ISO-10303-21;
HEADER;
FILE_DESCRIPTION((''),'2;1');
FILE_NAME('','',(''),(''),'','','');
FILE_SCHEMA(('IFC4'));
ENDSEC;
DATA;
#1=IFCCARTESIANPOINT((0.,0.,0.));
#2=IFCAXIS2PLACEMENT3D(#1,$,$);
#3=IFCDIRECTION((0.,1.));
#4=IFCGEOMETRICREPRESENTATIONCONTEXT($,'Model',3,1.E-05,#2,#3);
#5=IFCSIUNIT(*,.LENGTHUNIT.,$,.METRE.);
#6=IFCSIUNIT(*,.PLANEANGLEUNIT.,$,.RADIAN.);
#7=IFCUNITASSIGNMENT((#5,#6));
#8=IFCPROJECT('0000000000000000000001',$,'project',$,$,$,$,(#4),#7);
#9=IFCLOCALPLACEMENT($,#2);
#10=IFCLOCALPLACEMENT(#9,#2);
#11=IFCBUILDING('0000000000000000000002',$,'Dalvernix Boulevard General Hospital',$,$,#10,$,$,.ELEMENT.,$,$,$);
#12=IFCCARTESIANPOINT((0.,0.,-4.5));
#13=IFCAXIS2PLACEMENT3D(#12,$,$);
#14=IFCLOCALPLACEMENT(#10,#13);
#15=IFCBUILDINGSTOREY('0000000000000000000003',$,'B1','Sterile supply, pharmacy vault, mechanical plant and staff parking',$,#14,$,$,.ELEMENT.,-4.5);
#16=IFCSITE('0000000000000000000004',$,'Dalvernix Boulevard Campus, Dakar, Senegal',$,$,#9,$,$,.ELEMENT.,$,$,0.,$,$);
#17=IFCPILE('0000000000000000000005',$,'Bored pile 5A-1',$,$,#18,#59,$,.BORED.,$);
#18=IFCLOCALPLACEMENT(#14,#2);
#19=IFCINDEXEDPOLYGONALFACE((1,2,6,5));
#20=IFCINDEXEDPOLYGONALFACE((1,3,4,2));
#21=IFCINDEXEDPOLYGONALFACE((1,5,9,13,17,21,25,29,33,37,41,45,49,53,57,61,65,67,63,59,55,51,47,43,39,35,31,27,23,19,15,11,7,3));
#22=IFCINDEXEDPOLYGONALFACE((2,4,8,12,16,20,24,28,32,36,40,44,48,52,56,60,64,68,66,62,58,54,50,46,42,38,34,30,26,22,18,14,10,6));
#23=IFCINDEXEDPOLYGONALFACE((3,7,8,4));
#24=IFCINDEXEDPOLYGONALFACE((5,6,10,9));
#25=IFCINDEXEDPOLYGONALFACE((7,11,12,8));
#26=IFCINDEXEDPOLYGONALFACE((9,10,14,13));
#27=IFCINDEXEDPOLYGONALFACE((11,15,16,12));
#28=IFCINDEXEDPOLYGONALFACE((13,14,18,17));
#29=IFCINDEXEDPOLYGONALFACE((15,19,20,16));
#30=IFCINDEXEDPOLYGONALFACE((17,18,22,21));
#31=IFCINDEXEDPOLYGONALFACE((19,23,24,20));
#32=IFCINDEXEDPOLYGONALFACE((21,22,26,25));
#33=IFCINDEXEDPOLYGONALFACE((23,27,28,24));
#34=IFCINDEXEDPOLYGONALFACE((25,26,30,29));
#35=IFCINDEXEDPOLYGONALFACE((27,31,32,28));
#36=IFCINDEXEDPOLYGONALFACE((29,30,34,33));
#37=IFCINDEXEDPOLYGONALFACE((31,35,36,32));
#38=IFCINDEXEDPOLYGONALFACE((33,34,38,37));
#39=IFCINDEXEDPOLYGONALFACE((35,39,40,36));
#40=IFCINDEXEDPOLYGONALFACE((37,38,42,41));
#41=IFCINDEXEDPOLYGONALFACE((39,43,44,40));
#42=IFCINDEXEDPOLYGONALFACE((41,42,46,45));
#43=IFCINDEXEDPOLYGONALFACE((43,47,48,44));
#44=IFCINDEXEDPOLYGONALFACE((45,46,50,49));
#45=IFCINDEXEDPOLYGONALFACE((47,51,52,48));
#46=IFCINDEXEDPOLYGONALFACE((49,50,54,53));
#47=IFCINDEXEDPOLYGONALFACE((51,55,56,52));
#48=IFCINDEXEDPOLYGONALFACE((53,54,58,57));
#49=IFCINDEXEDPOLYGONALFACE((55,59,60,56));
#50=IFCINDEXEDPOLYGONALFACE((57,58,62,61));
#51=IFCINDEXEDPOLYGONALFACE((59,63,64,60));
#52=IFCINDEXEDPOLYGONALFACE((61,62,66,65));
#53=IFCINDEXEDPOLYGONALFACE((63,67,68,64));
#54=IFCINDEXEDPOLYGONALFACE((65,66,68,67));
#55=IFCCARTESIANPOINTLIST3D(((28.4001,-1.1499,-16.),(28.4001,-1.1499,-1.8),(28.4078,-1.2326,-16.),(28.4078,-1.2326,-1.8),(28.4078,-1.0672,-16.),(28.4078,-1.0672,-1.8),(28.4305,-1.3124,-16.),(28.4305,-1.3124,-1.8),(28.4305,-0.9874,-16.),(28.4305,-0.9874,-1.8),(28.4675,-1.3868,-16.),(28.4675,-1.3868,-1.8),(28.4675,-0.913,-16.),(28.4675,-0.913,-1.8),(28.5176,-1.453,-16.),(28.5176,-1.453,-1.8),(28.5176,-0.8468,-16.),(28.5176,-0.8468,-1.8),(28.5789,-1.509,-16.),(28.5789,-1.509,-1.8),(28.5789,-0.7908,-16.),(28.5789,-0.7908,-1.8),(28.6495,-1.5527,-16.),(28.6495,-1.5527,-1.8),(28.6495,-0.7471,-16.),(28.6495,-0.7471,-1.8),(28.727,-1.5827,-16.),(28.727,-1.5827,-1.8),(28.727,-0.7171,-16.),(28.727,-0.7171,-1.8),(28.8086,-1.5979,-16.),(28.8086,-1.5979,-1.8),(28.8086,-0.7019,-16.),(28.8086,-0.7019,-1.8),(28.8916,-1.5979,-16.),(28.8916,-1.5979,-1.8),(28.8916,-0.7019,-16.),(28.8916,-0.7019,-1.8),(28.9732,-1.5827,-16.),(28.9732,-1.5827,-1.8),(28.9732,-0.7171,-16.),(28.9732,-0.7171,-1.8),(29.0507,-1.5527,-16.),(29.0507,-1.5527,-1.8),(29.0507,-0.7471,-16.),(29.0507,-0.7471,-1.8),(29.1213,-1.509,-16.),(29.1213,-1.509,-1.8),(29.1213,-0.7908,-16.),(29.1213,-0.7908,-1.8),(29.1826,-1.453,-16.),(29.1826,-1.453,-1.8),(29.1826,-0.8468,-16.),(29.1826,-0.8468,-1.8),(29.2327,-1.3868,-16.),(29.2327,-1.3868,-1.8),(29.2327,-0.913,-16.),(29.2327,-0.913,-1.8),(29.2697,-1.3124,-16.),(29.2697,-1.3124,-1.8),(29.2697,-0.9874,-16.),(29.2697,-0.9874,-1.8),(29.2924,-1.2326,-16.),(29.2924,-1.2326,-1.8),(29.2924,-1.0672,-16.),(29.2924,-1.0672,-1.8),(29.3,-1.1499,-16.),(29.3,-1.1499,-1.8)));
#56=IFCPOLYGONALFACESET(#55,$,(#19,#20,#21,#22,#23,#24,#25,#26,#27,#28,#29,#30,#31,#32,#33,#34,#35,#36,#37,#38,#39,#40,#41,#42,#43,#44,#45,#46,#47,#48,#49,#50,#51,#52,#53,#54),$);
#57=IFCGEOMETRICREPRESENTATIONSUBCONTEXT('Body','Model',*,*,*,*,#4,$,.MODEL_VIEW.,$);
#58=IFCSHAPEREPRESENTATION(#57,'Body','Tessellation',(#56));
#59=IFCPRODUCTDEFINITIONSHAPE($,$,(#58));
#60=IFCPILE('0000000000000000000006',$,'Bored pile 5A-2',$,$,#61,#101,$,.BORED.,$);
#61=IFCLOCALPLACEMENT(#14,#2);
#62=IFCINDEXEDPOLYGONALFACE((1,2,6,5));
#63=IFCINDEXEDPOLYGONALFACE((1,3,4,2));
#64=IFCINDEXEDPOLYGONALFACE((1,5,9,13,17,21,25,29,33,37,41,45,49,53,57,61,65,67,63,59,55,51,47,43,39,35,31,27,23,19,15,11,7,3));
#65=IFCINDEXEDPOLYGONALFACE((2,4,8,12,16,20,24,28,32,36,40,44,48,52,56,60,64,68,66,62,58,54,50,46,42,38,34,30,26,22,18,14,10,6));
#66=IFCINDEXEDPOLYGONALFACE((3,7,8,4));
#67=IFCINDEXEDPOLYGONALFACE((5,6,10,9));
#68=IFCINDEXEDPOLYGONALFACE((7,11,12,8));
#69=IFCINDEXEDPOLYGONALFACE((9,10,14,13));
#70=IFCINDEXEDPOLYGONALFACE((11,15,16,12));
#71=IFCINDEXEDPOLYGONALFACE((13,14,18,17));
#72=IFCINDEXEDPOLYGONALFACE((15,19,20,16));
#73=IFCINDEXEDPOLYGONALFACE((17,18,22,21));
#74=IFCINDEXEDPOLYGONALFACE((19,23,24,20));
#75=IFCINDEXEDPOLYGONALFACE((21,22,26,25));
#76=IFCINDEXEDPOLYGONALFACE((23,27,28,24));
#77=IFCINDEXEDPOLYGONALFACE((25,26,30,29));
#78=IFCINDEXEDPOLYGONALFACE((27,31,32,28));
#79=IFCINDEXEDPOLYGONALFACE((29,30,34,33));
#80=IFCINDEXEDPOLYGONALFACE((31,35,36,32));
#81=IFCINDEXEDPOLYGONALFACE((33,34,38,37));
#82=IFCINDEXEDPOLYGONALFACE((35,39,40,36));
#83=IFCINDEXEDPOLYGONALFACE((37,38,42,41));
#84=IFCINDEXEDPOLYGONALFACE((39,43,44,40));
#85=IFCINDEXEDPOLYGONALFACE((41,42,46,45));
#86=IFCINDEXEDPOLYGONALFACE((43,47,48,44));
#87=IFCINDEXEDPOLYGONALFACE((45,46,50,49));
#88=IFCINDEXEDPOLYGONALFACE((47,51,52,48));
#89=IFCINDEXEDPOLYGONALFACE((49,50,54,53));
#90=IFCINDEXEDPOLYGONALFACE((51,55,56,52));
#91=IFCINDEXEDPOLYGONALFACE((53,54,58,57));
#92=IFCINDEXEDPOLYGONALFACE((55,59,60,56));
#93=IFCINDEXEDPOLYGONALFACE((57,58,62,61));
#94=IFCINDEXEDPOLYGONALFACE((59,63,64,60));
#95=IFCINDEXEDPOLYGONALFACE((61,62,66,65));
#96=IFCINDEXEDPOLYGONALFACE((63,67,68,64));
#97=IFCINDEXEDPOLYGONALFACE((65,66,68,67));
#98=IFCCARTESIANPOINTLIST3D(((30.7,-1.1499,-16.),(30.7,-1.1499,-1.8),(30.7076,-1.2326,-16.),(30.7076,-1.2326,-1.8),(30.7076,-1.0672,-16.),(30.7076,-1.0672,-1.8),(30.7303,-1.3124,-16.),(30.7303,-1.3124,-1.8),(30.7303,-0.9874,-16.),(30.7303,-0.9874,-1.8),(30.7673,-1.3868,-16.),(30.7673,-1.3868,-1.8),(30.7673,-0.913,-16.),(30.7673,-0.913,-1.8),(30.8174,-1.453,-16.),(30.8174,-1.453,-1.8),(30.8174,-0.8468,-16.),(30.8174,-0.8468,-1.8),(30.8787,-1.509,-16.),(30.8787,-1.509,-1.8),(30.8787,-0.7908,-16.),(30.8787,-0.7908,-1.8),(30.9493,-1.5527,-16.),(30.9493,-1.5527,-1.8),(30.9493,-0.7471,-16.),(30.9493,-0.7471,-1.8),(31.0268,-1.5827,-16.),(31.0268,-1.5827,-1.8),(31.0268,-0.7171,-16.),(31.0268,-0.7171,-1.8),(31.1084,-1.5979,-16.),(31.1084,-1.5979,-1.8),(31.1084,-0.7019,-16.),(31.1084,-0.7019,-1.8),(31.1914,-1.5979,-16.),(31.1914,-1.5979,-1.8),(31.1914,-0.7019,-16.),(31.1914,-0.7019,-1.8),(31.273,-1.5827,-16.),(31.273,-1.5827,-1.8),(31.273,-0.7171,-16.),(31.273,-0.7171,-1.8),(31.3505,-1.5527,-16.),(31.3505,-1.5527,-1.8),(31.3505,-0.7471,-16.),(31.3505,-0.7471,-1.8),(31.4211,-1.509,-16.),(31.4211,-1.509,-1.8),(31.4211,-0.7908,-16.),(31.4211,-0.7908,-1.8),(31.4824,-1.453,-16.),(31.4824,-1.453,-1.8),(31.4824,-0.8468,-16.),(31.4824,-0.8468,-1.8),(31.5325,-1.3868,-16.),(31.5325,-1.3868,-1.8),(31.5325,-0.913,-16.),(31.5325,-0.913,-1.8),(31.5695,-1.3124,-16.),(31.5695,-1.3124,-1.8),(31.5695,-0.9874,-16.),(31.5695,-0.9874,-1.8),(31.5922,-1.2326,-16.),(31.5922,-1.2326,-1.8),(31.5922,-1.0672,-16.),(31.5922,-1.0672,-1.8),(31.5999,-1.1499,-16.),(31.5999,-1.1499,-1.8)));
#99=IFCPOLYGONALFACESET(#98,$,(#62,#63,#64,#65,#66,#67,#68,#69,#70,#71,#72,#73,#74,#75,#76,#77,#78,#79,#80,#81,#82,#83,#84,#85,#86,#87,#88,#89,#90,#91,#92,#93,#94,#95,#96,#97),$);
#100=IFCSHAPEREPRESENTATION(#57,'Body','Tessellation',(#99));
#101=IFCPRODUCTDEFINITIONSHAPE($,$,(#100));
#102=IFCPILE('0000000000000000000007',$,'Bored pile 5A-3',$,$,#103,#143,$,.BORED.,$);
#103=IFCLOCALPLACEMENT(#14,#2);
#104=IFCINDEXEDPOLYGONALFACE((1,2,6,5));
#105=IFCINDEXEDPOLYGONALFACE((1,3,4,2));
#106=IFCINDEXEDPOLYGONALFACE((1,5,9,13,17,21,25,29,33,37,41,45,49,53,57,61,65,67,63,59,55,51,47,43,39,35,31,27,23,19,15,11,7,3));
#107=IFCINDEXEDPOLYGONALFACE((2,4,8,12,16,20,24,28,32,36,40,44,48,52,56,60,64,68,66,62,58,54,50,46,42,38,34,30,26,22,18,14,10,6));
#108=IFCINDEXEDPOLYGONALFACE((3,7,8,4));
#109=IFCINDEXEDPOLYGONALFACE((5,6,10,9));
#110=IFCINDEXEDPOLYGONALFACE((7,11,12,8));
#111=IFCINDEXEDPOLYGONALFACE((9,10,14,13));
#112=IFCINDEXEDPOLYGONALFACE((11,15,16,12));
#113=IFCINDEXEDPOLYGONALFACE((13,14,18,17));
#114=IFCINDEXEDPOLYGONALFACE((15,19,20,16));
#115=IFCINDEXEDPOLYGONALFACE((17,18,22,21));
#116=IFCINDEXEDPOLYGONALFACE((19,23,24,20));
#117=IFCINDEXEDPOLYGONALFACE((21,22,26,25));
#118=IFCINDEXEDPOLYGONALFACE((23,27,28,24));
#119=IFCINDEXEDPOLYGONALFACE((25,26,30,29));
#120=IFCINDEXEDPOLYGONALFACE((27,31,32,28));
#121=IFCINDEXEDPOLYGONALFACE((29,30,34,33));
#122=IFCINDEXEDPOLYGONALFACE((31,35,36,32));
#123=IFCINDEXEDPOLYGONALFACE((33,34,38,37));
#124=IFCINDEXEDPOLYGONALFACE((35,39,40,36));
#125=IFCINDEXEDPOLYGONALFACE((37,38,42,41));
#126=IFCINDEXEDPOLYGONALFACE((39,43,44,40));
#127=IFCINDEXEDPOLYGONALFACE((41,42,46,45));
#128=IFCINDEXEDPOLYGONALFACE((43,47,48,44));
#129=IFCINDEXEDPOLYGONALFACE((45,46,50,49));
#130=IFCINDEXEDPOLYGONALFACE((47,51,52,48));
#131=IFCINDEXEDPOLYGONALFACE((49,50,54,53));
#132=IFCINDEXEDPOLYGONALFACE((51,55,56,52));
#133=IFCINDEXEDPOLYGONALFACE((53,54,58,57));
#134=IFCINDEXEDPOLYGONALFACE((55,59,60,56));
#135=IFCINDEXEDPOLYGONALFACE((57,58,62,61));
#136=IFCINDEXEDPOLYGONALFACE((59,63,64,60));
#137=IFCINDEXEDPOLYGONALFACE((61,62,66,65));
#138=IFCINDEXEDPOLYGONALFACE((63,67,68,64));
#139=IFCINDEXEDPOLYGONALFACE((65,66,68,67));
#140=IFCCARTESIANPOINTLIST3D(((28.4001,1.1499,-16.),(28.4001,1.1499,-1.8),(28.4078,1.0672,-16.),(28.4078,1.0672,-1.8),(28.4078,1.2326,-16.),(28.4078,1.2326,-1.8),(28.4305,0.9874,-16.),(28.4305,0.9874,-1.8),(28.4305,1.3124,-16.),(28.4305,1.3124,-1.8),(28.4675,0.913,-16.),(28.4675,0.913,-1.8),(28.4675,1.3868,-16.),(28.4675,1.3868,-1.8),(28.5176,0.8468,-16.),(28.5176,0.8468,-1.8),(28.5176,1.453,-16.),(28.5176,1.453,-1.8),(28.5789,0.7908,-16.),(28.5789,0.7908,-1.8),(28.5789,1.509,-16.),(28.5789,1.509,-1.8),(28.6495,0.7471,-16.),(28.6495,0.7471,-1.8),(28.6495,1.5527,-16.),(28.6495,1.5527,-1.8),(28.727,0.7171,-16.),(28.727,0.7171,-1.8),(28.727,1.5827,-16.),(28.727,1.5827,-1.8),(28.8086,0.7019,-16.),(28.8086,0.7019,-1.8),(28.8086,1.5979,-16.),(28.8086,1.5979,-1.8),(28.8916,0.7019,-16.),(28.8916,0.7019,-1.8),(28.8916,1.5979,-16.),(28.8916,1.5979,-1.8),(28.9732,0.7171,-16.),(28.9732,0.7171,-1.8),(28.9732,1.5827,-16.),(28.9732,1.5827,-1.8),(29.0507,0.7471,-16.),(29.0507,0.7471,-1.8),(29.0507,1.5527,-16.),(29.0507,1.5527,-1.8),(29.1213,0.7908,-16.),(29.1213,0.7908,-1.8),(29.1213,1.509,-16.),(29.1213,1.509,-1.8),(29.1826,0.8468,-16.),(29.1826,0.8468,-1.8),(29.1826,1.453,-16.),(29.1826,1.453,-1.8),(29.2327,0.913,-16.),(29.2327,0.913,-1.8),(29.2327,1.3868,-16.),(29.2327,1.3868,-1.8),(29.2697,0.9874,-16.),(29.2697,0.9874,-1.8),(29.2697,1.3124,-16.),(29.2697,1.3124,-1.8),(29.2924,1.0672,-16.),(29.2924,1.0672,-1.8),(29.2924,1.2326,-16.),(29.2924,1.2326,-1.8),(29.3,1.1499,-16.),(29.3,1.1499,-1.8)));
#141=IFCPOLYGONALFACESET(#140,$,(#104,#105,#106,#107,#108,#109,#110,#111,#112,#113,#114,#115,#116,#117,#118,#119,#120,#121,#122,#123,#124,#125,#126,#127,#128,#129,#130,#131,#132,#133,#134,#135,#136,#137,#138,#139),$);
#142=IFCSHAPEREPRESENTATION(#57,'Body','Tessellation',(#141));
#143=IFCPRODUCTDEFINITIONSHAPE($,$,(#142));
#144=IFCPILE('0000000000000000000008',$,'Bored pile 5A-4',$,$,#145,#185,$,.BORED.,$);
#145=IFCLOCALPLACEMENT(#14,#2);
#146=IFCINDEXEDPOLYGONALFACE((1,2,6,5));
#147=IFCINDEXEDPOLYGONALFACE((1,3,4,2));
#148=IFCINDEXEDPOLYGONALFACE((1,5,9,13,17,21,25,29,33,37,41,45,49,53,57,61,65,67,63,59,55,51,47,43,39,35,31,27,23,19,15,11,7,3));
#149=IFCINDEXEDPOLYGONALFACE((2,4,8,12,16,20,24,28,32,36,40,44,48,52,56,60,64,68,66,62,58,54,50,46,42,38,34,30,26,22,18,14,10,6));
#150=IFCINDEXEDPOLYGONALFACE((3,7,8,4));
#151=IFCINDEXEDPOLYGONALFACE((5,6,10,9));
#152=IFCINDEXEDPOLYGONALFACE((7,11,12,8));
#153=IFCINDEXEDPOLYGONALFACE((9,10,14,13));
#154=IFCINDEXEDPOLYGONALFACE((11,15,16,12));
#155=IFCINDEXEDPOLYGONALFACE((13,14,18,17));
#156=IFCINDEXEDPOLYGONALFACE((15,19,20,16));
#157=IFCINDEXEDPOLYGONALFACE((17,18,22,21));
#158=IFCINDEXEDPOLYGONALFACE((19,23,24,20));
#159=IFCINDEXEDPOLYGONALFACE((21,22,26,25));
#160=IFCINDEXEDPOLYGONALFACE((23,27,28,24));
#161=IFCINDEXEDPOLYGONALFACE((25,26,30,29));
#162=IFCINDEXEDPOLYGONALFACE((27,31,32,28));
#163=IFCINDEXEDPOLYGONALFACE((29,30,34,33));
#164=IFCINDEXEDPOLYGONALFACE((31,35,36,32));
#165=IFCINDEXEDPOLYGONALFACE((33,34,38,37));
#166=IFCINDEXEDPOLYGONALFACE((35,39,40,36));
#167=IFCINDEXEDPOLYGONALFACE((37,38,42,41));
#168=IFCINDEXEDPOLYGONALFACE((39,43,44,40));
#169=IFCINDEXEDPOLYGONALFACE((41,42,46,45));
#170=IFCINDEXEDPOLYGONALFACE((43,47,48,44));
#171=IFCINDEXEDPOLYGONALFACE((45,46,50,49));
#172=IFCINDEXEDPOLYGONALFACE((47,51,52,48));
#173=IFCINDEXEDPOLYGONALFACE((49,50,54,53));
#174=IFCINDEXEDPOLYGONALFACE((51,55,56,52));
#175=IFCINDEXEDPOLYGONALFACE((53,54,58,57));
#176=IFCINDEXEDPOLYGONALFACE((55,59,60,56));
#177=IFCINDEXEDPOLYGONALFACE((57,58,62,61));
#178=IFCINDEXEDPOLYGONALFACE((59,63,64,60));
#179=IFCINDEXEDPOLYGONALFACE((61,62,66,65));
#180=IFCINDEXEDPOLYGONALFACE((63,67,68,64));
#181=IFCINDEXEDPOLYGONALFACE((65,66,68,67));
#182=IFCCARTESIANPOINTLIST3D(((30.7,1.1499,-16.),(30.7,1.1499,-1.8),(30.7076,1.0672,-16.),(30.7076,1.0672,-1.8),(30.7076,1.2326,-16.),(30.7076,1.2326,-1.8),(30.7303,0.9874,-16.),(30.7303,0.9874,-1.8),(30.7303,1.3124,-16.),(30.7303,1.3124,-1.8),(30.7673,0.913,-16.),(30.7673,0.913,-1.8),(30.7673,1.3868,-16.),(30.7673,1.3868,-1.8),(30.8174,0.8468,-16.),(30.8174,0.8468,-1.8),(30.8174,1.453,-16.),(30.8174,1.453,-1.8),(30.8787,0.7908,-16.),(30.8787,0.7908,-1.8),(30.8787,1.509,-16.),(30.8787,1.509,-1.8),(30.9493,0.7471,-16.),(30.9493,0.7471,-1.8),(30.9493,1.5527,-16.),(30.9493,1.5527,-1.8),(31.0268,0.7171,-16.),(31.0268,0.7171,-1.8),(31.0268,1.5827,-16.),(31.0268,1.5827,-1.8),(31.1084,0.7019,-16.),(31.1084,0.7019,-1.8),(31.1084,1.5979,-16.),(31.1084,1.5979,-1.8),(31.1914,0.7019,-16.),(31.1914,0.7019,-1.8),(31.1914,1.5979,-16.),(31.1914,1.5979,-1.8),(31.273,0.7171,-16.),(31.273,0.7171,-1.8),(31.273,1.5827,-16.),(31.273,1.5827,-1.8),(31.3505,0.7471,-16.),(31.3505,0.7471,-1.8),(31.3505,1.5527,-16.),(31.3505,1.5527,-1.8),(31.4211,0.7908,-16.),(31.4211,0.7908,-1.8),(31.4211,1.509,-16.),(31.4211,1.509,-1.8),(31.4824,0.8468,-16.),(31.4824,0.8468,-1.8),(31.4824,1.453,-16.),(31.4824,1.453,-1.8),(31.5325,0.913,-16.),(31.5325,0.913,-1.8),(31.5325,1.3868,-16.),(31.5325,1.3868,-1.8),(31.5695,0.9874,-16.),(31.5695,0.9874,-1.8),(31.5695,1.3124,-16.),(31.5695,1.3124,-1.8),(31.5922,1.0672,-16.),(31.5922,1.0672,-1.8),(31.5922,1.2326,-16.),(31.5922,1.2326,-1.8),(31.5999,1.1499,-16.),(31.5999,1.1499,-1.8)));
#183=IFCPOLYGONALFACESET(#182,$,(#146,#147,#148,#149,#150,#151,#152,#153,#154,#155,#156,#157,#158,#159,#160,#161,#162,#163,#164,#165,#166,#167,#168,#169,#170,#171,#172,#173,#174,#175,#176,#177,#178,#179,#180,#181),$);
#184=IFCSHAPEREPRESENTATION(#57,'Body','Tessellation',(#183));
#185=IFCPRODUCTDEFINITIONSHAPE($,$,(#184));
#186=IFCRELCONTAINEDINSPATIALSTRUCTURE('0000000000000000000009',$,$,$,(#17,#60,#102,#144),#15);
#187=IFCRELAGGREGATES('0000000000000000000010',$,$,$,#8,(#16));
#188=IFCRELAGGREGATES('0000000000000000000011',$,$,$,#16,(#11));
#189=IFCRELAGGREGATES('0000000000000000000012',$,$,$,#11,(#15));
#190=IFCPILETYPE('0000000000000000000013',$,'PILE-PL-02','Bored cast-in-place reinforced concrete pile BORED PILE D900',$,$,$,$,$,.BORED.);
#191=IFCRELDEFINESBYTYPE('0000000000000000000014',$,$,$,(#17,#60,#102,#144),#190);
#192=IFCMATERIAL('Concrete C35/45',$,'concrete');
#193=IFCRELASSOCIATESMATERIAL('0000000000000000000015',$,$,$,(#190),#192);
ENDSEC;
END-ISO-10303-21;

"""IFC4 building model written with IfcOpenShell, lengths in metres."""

from ifc_helpers import new_model, si_unit, direction, frame, origin, origin_2d, place, context, subcontext, project, spatial, circle, extrude, material, material_profile, profile_set, type_object, element, save


model = new_model("IFC4")

# Units and contexts
model_context = context("Model", 3, precision=1e-05, world=origin(), true_north=direction((0.0, 1.0)))
body_context = subcontext(model_context, "Body", "Model", "MODEL_VIEW")
ifc_project = project(units=[si_unit("LENGTHUNIT", "METRE"), si_unit("PLANEANGLEUNIT", "RADIAN")], contexts=[model_context])

# Site, building, storey
site_placement = place(None, origin())
site = spatial("IfcSite", under=ifc_project, at=site_placement, Name="Dalvernix Boulevard Campus, Dakar, Senegal", CompositionType="ELEMENT", RefElevation=0.0)
building_placement = place(site_placement, origin())
building = spatial("IfcBuilding", under=site, at=building_placement, Name="Dalvernix Boulevard General Hospital", CompositionType="ELEMENT")
storey_placement = place(building_placement, frame((0.0, 0.0, -4.5)))
storey = spatial("IfcBuildingStorey", under=building, at=storey_placement, Name="B1", Description="Sterile supply, pharmacy vault, mechanical plant and staff parking", CompositionType="ELEMENT", Elevation=-4.5)

# Shared definitions
ifc_material_1 = material(Name="Concrete C35/45", Category="concrete")

# Piles
ifc_material_profile_1 = material_profile(ifc_material_1, circle(Radius=0.45, at=origin_2d()), Name="BORED PILE D900")
ifc_profile_set_1 = profile_set([ifc_material_profile_1], Name="Concrete C35/45")
pile_type_1 = type_object("IfcPileType", Name="PILE-PL-02", Description="Bored cast-in-place reinforced concrete pile BORED PILE D900", PredefinedType="BORED", material=ifc_profile_set_1)
for number, where, z_axis, x_axis, name in (
    (1, (28.8501, -1.1499, -1.8), (0.0, 0.0, -1.0), (1.0, 0.0, 0.0), "Bored pile 5A-1"),
    (2, (31.1499, -1.1499, -1.8), (0.0, 0.0, -1.0), (1.0, 0.0, 0.0), "Bored pile 5A-2"),
    (3, (28.8501, 1.1499, -1.8), (0.0, 0.0, -1.0), (1.0, 0.0, 0.0), "Bored pile 5A-3"),
    (4, (31.1499, 1.1499, -1.8), (0.0, 0.0, -1.0), (1.0, 0.0, 0.0), "Bored pile 5A-4"),
):
    element("IfcPile", number, at=place(storey_placement, frame(where, z_axis=z_axis, x_axis=x_axis)), inside=storey, type_object=pile_type_1, Name=name, PredefinedType="BORED", context=body_context, shape_type="SweptSolid", body=[
        extrude(circle(Radius=0.45, at=origin_2d()), origin(), (0.0, 0.0, 1.0), 14.2),
    ])

save(model, "model.ifc")
